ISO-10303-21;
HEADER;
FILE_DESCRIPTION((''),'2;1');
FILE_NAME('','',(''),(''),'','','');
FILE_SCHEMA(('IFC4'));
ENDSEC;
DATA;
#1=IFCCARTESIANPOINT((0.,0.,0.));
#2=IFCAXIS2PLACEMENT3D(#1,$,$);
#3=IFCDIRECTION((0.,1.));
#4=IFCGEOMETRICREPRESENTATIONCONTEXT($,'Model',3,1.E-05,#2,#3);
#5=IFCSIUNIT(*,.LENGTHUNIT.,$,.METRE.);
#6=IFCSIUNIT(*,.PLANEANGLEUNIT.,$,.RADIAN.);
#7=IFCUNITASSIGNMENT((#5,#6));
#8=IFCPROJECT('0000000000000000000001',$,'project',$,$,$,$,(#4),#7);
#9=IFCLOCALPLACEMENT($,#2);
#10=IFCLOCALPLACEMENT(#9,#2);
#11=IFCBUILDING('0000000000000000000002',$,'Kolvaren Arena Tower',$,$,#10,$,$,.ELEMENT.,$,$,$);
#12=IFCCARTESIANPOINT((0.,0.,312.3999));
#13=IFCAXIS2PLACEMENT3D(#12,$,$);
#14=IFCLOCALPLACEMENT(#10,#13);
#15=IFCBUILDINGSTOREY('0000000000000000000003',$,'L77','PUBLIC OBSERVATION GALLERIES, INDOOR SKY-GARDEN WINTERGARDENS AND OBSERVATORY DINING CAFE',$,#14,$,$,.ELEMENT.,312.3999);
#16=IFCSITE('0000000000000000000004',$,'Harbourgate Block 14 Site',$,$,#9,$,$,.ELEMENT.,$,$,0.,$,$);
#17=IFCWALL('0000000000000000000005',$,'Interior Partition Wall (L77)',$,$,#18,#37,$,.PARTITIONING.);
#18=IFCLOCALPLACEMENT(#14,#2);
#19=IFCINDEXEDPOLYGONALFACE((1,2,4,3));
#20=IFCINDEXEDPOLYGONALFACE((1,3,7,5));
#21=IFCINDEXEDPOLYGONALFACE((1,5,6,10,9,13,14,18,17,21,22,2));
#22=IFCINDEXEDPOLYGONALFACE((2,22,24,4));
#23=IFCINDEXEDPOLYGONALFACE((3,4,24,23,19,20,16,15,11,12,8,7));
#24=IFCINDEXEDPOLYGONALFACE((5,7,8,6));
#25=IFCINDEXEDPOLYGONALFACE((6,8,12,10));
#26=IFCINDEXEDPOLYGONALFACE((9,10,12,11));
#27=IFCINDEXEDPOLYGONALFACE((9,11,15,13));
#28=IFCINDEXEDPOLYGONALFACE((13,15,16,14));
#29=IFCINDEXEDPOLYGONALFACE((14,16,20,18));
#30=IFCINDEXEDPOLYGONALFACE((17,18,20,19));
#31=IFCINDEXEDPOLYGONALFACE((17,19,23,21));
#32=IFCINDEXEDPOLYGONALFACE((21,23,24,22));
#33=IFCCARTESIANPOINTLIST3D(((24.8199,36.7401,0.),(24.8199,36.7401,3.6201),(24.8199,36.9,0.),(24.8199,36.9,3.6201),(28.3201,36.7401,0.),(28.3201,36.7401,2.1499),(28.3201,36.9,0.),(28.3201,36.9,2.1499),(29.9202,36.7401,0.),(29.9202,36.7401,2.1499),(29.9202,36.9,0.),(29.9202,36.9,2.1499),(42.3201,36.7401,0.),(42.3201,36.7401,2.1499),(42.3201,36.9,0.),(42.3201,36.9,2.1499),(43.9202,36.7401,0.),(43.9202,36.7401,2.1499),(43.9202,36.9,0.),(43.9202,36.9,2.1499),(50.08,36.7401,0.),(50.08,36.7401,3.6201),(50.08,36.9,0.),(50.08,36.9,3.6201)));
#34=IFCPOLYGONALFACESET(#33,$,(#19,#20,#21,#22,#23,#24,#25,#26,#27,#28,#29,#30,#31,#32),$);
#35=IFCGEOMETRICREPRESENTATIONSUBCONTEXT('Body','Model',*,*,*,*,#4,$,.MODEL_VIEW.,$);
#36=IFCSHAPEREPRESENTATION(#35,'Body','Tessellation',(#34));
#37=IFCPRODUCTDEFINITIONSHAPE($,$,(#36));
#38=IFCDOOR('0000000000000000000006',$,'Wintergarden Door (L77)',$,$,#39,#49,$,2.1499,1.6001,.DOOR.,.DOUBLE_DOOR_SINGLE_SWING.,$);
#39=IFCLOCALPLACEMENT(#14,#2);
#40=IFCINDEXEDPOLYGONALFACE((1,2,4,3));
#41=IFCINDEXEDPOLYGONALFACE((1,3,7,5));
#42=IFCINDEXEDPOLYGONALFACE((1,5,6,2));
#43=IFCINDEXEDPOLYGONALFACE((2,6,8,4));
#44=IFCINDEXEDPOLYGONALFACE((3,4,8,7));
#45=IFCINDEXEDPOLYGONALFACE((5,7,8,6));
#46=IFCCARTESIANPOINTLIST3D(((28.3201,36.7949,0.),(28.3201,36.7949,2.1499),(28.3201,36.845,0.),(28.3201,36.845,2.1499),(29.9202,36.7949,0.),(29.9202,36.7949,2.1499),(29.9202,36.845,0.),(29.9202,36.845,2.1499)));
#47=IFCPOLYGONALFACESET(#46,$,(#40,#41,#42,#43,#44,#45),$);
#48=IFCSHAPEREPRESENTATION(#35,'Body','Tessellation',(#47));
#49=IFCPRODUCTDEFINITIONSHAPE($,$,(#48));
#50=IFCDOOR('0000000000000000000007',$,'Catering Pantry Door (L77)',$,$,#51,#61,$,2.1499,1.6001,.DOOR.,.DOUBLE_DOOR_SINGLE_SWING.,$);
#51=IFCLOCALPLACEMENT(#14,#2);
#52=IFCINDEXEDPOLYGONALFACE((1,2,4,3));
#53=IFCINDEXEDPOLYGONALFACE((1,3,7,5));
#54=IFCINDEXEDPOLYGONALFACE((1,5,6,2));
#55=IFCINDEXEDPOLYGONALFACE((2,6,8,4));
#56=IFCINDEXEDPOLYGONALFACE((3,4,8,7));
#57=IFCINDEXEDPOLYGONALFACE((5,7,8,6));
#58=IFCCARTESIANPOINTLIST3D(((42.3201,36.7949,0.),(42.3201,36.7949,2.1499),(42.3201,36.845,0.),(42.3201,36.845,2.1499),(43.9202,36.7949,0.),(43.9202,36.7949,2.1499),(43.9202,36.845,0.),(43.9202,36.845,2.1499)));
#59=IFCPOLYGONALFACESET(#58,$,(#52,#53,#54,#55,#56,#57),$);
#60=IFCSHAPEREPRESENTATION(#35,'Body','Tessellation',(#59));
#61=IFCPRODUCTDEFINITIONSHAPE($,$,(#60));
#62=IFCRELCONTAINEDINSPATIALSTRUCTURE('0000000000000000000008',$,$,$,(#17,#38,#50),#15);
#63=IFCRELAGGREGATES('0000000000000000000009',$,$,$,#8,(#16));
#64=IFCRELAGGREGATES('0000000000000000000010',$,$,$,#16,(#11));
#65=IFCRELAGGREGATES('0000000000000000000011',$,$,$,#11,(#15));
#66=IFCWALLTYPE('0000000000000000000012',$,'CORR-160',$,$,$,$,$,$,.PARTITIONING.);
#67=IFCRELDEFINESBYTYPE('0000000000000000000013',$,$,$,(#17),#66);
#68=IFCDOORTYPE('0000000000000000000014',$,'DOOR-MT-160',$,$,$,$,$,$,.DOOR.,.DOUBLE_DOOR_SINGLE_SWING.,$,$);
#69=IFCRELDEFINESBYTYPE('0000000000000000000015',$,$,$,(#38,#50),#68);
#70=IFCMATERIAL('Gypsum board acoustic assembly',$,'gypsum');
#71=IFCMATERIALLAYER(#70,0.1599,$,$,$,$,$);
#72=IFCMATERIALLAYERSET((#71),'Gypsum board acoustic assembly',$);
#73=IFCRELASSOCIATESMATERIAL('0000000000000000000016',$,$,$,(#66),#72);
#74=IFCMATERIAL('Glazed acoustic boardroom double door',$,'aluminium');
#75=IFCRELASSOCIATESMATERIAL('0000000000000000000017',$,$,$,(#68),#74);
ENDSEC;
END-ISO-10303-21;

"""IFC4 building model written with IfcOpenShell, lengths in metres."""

from ifc_helpers import new_model, si_unit, direction, frame, frame_2d, origin, place, context, subcontext, project, spatial, rectangle, extrude, material, layer, layer_set, type_object, element, fill, save


model = new_model("IFC4")

# Units and contexts
model_context = context("Model", 3, precision=1e-05, world=origin(), true_north=direction((0.0, 1.0)))
body_context = subcontext(model_context, "Body", "Model", "MODEL_VIEW")
ifc_project = project(units=[si_unit("LENGTHUNIT", "METRE"), si_unit("PLANEANGLEUNIT", "RADIAN")], contexts=[model_context])

# Site, building, storey
site_placement = place(None, origin())
site = spatial("IfcSite", under=ifc_project, at=site_placement, Name="Harbourgate Block 14 Site", CompositionType="ELEMENT", RefElevation=0.0)
building_placement = place(site_placement, origin())
building = spatial("IfcBuilding", under=site, at=building_placement, Name="Kolvaren Arena Tower", CompositionType="ELEMENT")
storey_placement = place(building_placement, frame((0.0, 0.0, 312.3999)))
storey = spatial("IfcBuildingStorey", under=building, at=storey_placement, Name="L77", Description="PUBLIC OBSERVATION GALLERIES, INDOOR SKY-GARDEN WINTERGARDENS AND OBSERVATORY DINING CAFE", CompositionType="ELEMENT", Elevation=312.3999)

# Wall, openings, doors
ifc_material_1 = material(Name="Gypsum board acoustic assembly", Category="gypsum")
ifc_layer = layer(ifc_material_1, 0.1599)
ifc_layer_set = layer_set([ifc_layer], Name="Gypsum board acoustic assembly")
wall_type = type_object("IfcWallType", Name="CORR-160", PredefinedType="PARTITIONING", material=ifc_layer_set)
wall_placement = place(storey_placement, frame((24.8201, 36.8201, 0.0), z_axis=(0.0, 0.0, 1.0), x_axis=(1.0, 0.0, 0.0)))
wall = element("IfcWall", 1, at=wall_placement, inside=storey, type_object=wall_type, Name="Interior Partition Wall (L77)", PredefinedType="PARTITIONING", context=body_context, shape_type="SweptSolid", body=[
    extrude(rectangle(XDim=25.26, YDim=0.1599, at=frame_2d((12.6299, 0.0))), origin(), (0.0, 0.0, 1.0), 3.6201),
])
opening_1_placement = place(wall_placement, frame((3.5, 0.0, 0.0)))
opening_1 = element("IfcOpeningElement", 2, at=opening_1_placement, cuts=wall, PredefinedType="OPENING", context=body_context, shape_type="SweptSolid", body=[
    extrude(rectangle(XDim=1.6001, YDim=2.1499, at=frame_2d((0.8, 1.075))), frame((0.0, 0.0898, 0.0), z_axis=(0.0, -1.0, 0.0), x_axis=(1.0, 0.0, 0.0)), (0.0, 0.0, 1.0), 0.1799),
])
opening_2_placement = place(wall_placement, frame((17.5, 0.0, 0.0)))
opening_2 = element("IfcOpeningElement", 3, at=opening_2_placement, cuts=wall, PredefinedType="OPENING", context=body_context, shape_type="SweptSolid", body=[
    extrude(rectangle(XDim=1.6001, YDim=2.1499, at=frame_2d((0.8, 1.075))), frame((0.0, 0.0898, 0.0), z_axis=(0.0, -1.0, 0.0), x_axis=(1.0, 0.0, 0.0)), (0.0, 0.0, 1.0), 0.1799),
])
ifc_material_2 = material(Name="Glazed acoustic boardroom double door", Category="aluminium")
door_type = type_object("IfcDoorType", Name="DOOR-MT-160", OperationType="DOUBLE_DOOR_SINGLE_SWING", PredefinedType="DOOR", material=ifc_material_2)
door_1_placement = place(opening_1_placement, origin())
door_1 = element("IfcDoor", 4, at=door_1_placement, inside=storey, type_object=door_type, Name="Wintergarden Door (L77)", OperationType="DOUBLE_DOOR_SINGLE_SWING", OverallHeight=2.1499, OverallWidth=1.6001, PredefinedType="DOOR", context=body_context, shape_type="SweptSolid", body=[
    extrude(rectangle(XDim=1.6001, YDim=2.1499, at=frame_2d((0.8, 1.075))), frame((0.0, 0.0249, 0.0), z_axis=(0.0, -1.0, 0.0), x_axis=(1.0, 0.0, 0.0)), (0.0, 0.0, 1.0), 0.05),
])
fill(opening_1, door_1)
door_2_placement = place(opening_2_placement, origin())
door_2 = element("IfcDoor", 5, at=door_2_placement, inside=storey, type_object=door_type, Name="Catering Pantry Door (L77)", OperationType="DOUBLE_DOOR_SINGLE_SWING", OverallHeight=2.1499, OverallWidth=1.6001, PredefinedType="DOOR", context=body_context, shape_type="SweptSolid", body=[
    extrude(rectangle(XDim=1.6001, YDim=2.1499, at=frame_2d((0.8, 1.075))), frame((0.0, 0.0249, 0.0), z_axis=(0.0, -1.0, 0.0), x_axis=(1.0, 0.0, 0.0)), (0.0, 0.0, 1.0), 0.05),
])
fill(opening_2, door_2)

save(model, "model.ifc")
